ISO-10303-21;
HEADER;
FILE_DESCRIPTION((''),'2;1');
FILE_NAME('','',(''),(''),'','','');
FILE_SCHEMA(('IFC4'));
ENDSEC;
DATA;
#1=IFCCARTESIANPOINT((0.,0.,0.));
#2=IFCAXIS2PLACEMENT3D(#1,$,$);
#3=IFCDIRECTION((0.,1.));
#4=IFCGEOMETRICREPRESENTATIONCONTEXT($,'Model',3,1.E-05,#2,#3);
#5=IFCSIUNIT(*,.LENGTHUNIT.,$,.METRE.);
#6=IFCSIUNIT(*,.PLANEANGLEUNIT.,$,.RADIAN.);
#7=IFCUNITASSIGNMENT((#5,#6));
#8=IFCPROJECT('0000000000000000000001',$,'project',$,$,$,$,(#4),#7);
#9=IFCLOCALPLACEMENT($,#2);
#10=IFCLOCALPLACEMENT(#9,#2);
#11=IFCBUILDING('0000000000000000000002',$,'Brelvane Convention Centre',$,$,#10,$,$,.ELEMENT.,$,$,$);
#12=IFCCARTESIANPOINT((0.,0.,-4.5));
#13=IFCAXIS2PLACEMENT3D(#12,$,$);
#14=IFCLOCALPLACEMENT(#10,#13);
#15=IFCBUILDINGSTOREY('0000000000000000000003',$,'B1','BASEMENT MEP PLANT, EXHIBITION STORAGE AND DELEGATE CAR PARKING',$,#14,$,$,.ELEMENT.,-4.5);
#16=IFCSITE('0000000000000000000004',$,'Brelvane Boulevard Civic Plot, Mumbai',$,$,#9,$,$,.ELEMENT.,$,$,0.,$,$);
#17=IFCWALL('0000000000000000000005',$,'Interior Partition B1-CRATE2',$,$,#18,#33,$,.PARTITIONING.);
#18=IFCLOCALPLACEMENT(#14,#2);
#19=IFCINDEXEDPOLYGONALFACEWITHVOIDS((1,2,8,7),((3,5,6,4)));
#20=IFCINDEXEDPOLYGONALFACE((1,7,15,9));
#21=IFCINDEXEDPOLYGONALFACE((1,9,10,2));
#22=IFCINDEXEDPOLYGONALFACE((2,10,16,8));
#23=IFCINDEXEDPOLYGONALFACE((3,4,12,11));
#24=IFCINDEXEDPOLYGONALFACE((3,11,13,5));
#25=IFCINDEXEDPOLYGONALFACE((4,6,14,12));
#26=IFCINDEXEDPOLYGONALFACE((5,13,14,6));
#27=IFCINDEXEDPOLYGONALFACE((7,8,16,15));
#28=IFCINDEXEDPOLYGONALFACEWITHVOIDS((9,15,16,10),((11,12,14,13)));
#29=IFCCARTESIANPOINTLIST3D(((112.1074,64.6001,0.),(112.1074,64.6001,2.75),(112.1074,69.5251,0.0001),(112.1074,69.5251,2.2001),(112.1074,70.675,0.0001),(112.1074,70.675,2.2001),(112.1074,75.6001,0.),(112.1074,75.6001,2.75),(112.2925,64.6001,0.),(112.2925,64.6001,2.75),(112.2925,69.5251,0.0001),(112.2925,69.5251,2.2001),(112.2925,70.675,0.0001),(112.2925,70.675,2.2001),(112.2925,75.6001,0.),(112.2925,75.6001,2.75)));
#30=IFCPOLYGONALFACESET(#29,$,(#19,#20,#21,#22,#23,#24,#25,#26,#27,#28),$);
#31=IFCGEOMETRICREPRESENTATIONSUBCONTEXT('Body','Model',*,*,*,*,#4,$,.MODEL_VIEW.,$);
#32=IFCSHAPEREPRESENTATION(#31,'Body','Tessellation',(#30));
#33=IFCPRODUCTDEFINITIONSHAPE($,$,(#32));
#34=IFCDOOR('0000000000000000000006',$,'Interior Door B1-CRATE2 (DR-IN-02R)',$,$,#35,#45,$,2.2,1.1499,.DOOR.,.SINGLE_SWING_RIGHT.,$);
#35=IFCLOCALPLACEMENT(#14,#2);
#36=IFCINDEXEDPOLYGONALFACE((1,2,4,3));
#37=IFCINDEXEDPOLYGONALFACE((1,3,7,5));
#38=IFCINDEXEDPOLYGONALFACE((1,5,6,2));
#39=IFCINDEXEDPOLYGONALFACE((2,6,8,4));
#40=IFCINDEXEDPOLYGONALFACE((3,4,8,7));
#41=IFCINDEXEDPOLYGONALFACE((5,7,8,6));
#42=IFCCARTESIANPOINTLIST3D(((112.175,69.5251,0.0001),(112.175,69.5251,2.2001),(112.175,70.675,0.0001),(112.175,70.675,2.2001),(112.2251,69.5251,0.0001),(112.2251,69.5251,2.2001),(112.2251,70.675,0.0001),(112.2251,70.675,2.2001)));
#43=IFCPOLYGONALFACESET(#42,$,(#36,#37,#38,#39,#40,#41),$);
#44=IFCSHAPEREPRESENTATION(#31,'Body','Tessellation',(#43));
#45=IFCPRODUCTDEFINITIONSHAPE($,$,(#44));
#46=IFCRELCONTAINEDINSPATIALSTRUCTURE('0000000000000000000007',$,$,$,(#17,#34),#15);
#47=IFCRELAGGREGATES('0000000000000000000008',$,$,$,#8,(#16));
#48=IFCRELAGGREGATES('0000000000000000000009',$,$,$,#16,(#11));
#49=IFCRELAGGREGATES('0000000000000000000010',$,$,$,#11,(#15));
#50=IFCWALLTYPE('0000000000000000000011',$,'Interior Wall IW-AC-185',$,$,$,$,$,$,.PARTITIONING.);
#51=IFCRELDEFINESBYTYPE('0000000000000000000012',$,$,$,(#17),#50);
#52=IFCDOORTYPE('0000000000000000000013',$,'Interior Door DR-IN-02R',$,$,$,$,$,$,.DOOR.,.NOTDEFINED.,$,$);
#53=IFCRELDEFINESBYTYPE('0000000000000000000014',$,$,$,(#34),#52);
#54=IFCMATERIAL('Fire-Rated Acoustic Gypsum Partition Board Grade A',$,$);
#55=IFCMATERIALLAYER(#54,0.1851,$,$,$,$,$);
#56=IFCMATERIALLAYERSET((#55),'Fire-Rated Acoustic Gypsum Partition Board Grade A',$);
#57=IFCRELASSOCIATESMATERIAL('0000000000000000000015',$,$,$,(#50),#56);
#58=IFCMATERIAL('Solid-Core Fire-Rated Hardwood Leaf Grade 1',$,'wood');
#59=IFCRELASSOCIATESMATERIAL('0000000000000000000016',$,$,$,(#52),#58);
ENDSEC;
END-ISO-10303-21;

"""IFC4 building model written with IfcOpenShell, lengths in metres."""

from ifc_helpers import new_model, si_unit, direction, frame, frame_2d, origin, place, context, subcontext, project, spatial, rectangle, extrude, material, layer, layer_set, type_object, element, fill, save


model = new_model("IFC4")

# Units and contexts
model_context = context("Model", 3, precision=1e-05, world=origin(), true_north=direction((0.0, 1.0)))
body_context = subcontext(model_context, "Body", "Model", "MODEL_VIEW")
ifc_project = project(units=[si_unit("LENGTHUNIT", "METRE"), si_unit("PLANEANGLEUNIT", "RADIAN")], contexts=[model_context])

# Site, building, storey
site_placement = place(None, origin())
site = spatial("IfcSite", under=ifc_project, at=site_placement, Name="Brelvane Boulevard Civic Plot, Mumbai", CompositionType="ELEMENT", RefElevation=0.0)
building_placement = place(site_placement, origin())
building = spatial("IfcBuilding", under=site, at=building_placement, Name="Brelvane Convention Centre", CompositionType="ELEMENT")
storey_placement = place(building_placement, frame((0.0, 0.0, -4.5)))
storey = spatial("IfcBuildingStorey", under=building, at=storey_placement, Name="B1", Description="BASEMENT MEP PLANT, EXHIBITION STORAGE AND DELEGATE CAR PARKING", CompositionType="ELEMENT", Elevation=-4.5)

# Wall, opening, door
ifc_material_1 = material(Name="Fire-Rated Acoustic Gypsum Partition Board Grade A")
ifc_layer = layer(ifc_material_1, 0.1851)
ifc_layer_set = layer_set([ifc_layer], Name="Fire-Rated Acoustic Gypsum Partition Board Grade A")
wall_type = type_object("IfcWallType", Name="Interior Wall IW-AC-185", PredefinedType="PARTITIONING", material=ifc_layer_set)
wall_placement = place(storey_placement, frame((112.2, 64.6001, 0.0), z_axis=(0.0, 0.0, 1.0), x_axis=(0.0, 1.0, 0.0)))
wall = element("IfcWall", 1, at=wall_placement, inside=storey, type_object=wall_type, Name="Interior Partition B1-CRATE2", PredefinedType="PARTITIONING", context=body_context, shape_type="SweptSolid", body=[
    extrude(rectangle(XDim=11.0, YDim=0.1851, at=frame_2d((5.5, 0.0))), origin(), (0.0, 0.0, 1.0), 2.75),
])
opening_placement = place(wall_placement, frame((4.925, 0.0, 0.0)))
opening = element("IfcOpeningElement", 2, at=opening_placement, cuts=wall, PredefinedType="OPENING", context=body_context, shape_type="SweptSolid", body=[
    extrude(rectangle(XDim=1.1499, YDim=2.2, at=frame_2d((0.575, 1.1001))), frame((0.0, 0.1025, 0.0), z_axis=(0.0, -1.0, 0.0), x_axis=(1.0, 0.0, 0.0)), (0.0, 0.0, 1.0), 0.2051),
])
ifc_material_2 = material(Name="Solid-Core Fire-Rated Hardwood Leaf Grade 1", Category="wood")
door_type = type_object("IfcDoorType", Name="Interior Door DR-IN-02R", OperationType="NOTDEFINED", PredefinedType="DOOR", material=ifc_material_2)
door_placement = place(opening_placement, origin())
door = element("IfcDoor", 3, at=door_placement, inside=storey, type_object=door_type, Name="Interior Door B1-CRATE2 (DR-IN-02R)", OperationType="SINGLE_SWING_RIGHT", OverallHeight=2.2, OverallWidth=1.1499, PredefinedType="DOOR", context=body_context, shape_type="SweptSolid", body=[
    extrude(rectangle(XDim=1.1499, YDim=2.2, at=frame_2d((0.575, 1.1001))), frame((0.0, 0.0249, 0.0), z_axis=(0.0, -1.0, 0.0), x_axis=(1.0, 0.0, 0.0)), (0.0, 0.0, 1.0), 0.05),
])
fill(opening, door)

save(model, "model.ifc")
